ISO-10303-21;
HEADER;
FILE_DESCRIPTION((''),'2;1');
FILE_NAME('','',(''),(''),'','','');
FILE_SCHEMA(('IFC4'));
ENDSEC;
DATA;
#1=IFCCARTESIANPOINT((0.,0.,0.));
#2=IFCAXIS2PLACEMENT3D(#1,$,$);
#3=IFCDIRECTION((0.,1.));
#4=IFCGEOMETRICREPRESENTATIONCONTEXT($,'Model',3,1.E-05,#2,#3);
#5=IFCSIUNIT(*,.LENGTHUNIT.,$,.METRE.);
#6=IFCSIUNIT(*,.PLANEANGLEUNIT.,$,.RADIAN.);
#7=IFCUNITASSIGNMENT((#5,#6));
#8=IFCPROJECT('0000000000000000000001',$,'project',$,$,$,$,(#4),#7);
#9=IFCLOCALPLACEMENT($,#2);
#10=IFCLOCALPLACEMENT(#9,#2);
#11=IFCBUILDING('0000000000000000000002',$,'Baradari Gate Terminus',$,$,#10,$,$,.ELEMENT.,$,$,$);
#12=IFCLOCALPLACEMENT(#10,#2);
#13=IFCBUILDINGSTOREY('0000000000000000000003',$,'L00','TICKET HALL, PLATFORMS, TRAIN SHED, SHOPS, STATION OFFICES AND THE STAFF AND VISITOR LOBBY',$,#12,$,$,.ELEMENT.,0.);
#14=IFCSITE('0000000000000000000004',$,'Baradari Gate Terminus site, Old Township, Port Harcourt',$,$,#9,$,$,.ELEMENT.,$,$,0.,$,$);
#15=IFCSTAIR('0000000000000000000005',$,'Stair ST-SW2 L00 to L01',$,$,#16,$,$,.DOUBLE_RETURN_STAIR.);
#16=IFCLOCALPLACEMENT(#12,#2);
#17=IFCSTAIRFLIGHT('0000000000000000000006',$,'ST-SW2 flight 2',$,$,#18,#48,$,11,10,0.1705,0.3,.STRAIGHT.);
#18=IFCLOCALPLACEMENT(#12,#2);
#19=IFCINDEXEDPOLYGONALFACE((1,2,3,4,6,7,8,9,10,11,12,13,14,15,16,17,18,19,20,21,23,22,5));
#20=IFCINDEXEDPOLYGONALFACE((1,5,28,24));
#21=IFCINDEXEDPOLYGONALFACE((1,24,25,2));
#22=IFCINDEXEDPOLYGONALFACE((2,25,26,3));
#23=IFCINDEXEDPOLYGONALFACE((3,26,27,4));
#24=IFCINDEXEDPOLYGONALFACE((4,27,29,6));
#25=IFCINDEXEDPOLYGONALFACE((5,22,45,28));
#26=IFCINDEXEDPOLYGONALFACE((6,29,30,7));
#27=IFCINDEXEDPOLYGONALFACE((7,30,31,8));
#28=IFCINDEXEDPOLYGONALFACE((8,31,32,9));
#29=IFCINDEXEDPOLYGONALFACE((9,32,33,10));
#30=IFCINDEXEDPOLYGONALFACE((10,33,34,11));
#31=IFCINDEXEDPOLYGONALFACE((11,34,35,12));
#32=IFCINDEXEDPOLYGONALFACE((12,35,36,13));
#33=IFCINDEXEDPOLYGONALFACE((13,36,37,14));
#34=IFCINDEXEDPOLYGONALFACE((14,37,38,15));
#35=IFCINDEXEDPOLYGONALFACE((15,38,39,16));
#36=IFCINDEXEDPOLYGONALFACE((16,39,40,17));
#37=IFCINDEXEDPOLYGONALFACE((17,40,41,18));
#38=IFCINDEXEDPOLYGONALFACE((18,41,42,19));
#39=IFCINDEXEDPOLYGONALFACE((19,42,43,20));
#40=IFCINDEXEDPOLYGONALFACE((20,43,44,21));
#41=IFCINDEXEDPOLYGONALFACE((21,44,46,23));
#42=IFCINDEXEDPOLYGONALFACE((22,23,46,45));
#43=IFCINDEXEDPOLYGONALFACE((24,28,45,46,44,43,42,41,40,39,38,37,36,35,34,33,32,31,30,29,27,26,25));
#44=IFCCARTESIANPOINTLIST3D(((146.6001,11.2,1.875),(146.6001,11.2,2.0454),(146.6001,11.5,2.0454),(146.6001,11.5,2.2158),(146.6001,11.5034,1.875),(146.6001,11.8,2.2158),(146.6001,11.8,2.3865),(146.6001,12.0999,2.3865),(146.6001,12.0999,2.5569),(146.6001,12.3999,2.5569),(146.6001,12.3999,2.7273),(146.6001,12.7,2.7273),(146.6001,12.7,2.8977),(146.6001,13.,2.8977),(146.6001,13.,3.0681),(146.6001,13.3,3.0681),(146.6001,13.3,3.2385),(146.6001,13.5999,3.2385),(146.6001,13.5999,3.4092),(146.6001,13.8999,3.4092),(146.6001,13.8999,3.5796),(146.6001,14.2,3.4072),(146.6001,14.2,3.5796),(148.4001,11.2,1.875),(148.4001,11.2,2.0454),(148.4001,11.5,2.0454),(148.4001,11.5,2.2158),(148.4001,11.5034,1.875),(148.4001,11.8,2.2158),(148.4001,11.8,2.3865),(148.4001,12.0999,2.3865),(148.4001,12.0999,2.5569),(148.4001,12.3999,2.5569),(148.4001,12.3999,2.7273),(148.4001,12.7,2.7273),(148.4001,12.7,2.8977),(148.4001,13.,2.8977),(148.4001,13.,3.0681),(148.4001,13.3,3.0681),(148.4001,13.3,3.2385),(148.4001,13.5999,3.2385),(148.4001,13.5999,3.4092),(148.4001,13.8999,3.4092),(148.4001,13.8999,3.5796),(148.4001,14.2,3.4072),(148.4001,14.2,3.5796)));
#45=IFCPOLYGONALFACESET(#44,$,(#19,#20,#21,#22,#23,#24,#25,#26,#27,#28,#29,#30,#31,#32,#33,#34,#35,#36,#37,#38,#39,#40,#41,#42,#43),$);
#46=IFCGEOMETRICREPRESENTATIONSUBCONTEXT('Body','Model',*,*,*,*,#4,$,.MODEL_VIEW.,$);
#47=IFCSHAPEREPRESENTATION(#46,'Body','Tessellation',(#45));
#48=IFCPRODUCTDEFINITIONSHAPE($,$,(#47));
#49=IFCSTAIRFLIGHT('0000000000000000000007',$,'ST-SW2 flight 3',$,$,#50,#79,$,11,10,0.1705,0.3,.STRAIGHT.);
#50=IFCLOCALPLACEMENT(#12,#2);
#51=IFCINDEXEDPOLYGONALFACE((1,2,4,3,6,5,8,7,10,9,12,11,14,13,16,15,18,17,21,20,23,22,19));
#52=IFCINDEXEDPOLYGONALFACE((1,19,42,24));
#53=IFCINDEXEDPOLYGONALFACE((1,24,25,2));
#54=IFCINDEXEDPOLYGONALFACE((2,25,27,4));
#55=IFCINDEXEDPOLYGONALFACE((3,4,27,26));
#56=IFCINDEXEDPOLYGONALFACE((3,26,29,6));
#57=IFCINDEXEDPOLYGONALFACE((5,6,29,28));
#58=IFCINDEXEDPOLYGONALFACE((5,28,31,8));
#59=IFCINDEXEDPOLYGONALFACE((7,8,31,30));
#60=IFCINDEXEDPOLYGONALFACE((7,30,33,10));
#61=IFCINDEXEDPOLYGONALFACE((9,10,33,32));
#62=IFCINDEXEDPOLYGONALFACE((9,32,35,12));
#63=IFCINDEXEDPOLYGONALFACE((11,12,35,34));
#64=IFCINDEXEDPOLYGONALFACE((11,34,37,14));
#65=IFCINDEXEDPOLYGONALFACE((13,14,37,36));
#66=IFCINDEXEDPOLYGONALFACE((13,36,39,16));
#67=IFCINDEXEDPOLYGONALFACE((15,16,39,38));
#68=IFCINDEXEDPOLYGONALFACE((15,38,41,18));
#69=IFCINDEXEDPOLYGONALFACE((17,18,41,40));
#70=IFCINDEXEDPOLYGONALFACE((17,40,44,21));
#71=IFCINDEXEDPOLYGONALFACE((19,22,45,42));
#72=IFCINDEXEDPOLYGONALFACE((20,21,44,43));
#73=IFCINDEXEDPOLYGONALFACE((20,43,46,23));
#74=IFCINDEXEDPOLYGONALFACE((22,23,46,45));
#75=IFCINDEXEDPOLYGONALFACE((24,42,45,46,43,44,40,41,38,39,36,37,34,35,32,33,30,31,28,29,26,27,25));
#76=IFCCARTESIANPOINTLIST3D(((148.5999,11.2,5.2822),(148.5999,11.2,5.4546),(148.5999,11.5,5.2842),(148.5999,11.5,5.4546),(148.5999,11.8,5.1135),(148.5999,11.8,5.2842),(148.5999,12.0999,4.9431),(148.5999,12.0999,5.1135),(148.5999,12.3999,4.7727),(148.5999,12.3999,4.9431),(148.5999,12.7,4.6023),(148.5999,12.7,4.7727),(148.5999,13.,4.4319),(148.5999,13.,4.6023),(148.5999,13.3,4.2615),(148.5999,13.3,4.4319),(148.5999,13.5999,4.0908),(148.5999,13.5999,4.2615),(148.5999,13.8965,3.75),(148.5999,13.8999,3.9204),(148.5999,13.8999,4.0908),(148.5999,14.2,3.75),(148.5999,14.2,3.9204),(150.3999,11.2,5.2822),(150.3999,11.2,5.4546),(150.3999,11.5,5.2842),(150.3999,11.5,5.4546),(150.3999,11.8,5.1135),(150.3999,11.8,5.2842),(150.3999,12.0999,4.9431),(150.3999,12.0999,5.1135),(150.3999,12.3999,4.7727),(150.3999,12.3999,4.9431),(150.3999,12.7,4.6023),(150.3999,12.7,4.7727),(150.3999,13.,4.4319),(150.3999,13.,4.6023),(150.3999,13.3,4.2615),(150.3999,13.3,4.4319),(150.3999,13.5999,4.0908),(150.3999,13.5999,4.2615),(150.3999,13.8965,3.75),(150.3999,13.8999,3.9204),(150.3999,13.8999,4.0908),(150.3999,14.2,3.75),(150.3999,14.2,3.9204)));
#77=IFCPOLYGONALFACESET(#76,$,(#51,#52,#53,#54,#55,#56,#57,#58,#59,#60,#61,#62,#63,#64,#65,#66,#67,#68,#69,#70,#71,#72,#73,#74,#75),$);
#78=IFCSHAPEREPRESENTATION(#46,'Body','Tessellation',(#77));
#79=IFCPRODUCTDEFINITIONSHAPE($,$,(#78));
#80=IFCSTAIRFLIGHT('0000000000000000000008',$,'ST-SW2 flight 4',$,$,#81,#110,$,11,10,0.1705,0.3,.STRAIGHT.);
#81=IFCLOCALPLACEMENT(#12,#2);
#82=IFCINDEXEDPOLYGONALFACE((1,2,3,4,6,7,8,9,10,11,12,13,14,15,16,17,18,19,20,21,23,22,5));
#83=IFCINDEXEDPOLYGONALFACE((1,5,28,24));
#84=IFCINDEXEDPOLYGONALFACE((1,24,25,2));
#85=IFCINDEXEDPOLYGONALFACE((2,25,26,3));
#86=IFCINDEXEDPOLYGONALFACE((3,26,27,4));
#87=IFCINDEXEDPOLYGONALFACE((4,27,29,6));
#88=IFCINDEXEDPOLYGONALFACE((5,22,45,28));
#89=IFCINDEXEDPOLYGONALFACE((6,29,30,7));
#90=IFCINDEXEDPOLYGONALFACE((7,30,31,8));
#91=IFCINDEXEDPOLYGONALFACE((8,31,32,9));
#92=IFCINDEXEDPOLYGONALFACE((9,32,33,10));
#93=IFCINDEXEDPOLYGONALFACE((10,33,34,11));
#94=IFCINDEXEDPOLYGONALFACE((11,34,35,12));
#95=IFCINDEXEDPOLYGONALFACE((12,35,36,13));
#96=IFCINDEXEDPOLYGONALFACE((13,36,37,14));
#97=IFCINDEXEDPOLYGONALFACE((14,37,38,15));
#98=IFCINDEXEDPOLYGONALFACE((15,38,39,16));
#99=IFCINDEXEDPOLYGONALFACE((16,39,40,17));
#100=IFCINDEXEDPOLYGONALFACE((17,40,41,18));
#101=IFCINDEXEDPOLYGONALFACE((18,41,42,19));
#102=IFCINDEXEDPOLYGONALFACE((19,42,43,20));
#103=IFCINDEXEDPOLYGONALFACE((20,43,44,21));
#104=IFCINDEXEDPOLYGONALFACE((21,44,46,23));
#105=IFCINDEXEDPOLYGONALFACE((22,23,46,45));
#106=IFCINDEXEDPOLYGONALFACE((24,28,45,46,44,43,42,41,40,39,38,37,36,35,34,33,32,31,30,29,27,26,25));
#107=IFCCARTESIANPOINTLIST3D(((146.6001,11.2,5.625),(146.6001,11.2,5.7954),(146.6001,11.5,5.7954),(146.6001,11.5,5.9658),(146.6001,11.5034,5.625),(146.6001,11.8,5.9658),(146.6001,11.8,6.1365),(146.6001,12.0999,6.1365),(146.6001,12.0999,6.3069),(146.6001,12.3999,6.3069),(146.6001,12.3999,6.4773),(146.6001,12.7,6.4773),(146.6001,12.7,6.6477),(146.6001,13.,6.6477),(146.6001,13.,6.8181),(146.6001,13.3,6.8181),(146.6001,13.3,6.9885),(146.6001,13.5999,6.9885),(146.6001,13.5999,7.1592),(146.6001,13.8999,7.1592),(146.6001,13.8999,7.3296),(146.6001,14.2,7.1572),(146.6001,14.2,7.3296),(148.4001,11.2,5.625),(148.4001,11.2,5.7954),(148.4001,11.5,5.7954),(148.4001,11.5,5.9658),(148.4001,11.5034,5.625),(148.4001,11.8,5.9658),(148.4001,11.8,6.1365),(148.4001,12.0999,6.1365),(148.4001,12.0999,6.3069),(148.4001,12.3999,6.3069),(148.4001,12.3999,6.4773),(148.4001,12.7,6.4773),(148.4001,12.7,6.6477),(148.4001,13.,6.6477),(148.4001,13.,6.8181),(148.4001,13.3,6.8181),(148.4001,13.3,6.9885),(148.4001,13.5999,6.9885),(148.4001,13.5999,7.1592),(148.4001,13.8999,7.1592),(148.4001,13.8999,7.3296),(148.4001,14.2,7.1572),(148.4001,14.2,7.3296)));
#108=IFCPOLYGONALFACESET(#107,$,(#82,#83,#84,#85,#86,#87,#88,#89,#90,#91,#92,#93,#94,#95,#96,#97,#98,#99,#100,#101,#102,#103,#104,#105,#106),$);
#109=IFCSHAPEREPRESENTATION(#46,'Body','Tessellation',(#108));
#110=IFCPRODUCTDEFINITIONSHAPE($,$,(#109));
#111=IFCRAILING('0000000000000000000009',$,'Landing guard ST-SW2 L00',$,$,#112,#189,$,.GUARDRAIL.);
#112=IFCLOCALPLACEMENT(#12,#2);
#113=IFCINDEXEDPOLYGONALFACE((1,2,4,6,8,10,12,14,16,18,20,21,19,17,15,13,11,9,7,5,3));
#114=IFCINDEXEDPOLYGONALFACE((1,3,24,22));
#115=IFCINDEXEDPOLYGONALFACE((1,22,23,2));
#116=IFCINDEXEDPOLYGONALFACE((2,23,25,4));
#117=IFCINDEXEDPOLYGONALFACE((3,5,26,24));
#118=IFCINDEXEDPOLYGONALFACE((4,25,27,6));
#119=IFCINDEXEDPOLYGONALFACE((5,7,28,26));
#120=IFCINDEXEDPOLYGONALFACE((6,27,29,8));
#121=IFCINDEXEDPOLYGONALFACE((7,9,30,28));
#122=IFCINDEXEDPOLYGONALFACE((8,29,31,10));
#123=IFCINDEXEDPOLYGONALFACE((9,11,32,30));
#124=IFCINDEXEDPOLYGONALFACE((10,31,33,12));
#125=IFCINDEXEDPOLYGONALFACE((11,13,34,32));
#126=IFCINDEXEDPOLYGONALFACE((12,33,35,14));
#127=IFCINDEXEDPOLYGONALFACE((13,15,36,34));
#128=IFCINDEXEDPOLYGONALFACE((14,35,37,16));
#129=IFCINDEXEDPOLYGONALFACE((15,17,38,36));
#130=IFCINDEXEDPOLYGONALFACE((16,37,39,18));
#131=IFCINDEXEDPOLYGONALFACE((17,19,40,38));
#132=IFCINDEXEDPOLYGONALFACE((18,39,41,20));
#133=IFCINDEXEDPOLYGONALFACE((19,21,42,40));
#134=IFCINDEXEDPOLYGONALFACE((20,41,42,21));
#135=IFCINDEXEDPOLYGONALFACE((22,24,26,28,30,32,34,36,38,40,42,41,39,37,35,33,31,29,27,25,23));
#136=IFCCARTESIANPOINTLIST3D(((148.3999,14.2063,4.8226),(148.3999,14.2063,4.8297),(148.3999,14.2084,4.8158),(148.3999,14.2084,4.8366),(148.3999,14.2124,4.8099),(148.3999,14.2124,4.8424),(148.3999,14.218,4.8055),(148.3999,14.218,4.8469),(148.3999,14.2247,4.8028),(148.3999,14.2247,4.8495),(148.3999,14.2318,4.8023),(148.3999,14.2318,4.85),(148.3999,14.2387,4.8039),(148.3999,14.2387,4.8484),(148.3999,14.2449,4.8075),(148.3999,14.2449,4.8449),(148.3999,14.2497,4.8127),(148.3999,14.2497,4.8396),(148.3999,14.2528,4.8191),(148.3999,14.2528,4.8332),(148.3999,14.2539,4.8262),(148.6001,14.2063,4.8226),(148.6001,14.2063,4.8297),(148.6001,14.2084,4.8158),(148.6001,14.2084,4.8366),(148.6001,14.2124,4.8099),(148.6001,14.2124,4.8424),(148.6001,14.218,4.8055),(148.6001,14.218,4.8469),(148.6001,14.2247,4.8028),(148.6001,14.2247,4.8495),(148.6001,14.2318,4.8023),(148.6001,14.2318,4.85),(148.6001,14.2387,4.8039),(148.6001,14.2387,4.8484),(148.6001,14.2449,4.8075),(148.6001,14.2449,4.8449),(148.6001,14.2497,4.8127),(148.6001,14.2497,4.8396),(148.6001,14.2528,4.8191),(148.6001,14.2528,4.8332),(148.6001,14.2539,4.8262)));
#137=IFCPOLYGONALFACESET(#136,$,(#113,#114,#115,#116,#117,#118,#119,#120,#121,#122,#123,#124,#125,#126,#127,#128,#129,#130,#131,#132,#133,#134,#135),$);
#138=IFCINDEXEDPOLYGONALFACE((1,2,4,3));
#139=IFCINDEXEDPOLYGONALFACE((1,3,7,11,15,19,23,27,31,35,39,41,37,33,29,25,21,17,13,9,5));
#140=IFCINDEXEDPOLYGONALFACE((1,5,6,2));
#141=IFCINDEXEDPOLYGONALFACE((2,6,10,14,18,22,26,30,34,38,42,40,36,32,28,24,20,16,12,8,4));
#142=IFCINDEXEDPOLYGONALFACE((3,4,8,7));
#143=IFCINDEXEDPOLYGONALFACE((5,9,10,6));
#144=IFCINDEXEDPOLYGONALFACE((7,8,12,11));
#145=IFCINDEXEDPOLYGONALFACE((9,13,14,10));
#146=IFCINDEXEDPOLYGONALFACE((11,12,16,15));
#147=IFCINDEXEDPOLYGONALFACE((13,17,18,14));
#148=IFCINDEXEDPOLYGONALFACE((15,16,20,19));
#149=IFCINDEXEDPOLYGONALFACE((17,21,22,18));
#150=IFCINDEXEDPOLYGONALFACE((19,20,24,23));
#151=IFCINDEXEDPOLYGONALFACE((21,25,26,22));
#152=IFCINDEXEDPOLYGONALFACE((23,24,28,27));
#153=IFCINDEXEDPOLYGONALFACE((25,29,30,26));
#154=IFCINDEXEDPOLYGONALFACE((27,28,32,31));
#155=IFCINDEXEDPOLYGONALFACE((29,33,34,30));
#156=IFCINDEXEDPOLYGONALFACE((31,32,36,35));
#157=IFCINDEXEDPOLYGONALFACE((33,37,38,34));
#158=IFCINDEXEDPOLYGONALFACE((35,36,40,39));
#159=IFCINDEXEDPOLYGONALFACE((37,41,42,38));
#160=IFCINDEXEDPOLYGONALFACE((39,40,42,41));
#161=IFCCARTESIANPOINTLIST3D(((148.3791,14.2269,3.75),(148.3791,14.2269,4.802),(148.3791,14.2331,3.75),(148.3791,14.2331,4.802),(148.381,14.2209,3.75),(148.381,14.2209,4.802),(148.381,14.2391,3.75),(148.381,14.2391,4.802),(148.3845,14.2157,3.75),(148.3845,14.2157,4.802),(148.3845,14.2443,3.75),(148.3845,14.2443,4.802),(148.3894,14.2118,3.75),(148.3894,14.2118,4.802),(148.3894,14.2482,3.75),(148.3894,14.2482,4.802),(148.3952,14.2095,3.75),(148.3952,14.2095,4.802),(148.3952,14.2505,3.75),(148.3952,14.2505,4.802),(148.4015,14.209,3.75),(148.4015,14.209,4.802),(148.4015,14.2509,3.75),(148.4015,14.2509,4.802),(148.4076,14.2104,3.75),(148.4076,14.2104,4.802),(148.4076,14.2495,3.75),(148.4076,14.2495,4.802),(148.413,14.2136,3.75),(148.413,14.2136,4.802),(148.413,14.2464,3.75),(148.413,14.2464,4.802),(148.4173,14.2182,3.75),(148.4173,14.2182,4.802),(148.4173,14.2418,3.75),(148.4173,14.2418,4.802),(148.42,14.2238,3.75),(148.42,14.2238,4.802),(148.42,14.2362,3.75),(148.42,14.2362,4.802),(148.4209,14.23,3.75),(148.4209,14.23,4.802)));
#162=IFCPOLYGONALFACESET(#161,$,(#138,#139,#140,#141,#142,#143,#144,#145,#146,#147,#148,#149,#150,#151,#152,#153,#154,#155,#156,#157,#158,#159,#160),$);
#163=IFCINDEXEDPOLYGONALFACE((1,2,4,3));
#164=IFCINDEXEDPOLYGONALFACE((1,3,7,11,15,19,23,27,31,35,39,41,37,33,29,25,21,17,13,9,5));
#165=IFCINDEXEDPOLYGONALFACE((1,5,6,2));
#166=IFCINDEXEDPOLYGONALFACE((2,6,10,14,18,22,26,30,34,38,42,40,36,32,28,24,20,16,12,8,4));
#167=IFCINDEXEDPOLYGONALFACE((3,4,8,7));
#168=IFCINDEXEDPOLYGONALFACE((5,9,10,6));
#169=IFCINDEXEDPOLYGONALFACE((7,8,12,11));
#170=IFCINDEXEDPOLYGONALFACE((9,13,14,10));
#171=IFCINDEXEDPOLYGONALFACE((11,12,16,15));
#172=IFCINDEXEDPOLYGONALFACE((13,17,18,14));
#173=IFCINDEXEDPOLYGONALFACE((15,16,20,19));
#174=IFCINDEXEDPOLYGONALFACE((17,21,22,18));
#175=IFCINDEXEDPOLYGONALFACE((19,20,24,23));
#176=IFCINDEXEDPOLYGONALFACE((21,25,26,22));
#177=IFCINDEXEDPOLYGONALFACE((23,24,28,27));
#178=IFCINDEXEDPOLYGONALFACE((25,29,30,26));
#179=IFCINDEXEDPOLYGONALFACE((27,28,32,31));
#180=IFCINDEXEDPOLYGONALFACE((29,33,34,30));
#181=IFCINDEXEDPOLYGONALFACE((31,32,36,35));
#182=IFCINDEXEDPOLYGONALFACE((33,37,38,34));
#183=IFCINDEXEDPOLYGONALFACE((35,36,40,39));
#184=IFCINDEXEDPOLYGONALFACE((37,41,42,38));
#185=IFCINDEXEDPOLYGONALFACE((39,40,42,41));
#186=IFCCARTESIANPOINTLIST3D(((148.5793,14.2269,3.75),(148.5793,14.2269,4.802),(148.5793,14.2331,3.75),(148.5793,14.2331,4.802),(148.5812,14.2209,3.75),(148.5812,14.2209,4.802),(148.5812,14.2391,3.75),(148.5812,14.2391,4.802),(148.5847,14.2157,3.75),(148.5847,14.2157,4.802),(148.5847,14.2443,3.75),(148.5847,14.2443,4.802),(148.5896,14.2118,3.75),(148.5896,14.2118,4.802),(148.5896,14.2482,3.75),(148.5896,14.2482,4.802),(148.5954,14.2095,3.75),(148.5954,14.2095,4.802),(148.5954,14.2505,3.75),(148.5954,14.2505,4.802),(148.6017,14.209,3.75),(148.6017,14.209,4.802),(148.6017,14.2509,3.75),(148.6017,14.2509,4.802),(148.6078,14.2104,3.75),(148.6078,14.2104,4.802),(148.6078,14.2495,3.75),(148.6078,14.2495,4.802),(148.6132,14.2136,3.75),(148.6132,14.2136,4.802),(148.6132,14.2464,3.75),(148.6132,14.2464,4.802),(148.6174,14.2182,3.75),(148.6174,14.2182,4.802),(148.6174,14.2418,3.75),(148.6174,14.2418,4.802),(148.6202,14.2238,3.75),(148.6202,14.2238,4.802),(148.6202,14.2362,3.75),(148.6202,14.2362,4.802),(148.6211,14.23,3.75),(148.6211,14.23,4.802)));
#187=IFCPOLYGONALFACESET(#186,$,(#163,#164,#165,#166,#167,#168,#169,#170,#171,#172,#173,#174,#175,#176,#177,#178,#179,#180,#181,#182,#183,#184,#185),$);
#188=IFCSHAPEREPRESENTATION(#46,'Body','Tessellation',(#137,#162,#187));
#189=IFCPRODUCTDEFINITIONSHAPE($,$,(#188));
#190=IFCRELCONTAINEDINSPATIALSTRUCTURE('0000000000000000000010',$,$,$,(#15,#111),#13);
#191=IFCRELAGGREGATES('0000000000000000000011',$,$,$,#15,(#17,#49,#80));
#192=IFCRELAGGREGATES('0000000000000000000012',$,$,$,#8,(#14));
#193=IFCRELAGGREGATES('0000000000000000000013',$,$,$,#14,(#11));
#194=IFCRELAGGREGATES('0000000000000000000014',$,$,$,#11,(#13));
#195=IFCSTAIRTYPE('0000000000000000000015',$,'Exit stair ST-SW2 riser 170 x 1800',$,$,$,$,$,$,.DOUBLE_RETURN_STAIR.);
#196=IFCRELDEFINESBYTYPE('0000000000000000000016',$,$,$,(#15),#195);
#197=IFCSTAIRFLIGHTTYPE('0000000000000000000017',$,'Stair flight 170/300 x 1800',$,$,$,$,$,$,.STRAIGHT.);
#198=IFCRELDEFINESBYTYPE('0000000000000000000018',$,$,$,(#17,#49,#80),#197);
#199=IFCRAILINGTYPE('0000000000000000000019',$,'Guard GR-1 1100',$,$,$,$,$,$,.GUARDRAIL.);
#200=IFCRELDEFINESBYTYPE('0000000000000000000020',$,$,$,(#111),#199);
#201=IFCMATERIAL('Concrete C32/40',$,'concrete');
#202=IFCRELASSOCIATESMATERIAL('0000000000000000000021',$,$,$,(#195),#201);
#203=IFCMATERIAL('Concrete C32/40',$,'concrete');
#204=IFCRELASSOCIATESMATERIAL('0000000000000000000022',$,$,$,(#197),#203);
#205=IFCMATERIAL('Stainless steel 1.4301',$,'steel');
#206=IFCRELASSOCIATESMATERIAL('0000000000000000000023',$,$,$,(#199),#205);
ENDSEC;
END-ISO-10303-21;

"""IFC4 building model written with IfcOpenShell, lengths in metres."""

from ifc_helpers import new_model, si_unit, direction, frame, origin, origin_2d, place, context, subcontext, project, spatial, polyline, circle, outline, extrude, material, type_object, element, aggregate, save


model = new_model("IFC4")

# Units and contexts
model_context = context("Model", 3, precision=1e-05, world=origin(), true_north=direction((0.0, 1.0)))
body_context = subcontext(model_context, "Body", "Model", "MODEL_VIEW")
ifc_project = project(units=[si_unit("LENGTHUNIT", "METRE"), si_unit("PLANEANGLEUNIT", "RADIAN")], contexts=[model_context])

# Site, building, storey
site_placement = place(None, origin())
site = spatial("IfcSite", under=ifc_project, at=site_placement, Name="Baradari Gate Terminus site, Old Township, Port Harcourt", CompositionType="ELEMENT", RefElevation=0.0)
building_placement = place(site_placement, origin())
building = spatial("IfcBuilding", under=site, at=building_placement, Name="Baradari Gate Terminus", CompositionType="ELEMENT")
storey_placement = place(building_placement, origin())
storey = spatial("IfcBuildingStorey", under=building, at=storey_placement, Name="L00", Description="TICKET HALL, PLATFORMS, TRAIN SHED, SHOPS, STATION OFFICES AND THE STAFF AND VISITOR LOBBY", CompositionType="ELEMENT", Elevation=0.0)

# Stair, stair flights
ifc_material_1 = material(Name="Concrete C32/40", Category="concrete")
stair_type = type_object("IfcStairType", Name="Exit stair ST-SW2 riser 170 x 1800", PredefinedType="DOUBLE_RETURN_STAIR", material=ifc_material_1)
stair_placement = place(storey_placement, origin())
stair = element("IfcStair", 1, at=stair_placement, inside=storey, type_object=stair_type, Name="Stair ST-SW2 L00 to L01", PredefinedType="DOUBLE_RETURN_STAIR")
ifc_material_2 = material(Name="Concrete C32/40", Category="concrete")
stair_flight_type = type_object("IfcStairFlightType", Name="Stair flight 170/300 x 1800", PredefinedType="STRAIGHT", material=ifc_material_2)
stair_flight_1_placement = place(storey_placement, frame((147.5, 11.2, 1.875), z_axis=(0.0, 0.0, 1.0), x_axis=(0.0, 1.0, 0.0)))
stair_flight_1 = element("IfcStairFlight", 2, at=stair_flight_1_placement, type_object=stair_flight_type, Name="ST-SW2 flight 2", NumberOfRisers=11, NumberOfTreads=10, PredefinedType="STRAIGHT", RiserHeight=0.1705, TreadLength=0.3, context=body_context, shape_type="SweptSolid", body=[
    extrude(outline(polyline([(0.0, 0.0), (0.0, 0.1704), (0.3, 0.1704), (0.3, 0.3408), (0.6001, 0.3408), (0.6001, 0.5115), (0.8999, 0.5115), (0.8999, 0.6819), (1.2, 0.6819), (1.2, 0.8523), (1.5, 0.8523), (1.5, 1.0227), (1.8, 1.0227), (1.8, 1.1931), (2.1001, 1.1931), (2.1001, 1.3635), (2.3999, 1.3635), (2.3999, 1.5342), (2.7, 1.5342), (2.7, 1.7046), (3.0, 1.7046), (3.0, 1.875), (3.0, 1.5322), (0.3035, 0.0), (0.0, 0.0)])), frame((0.0, 0.8999, 0.0), z_axis=(0.0, -1.0, 0.0), x_axis=(1.0, 0.0, 0.0)), (0.0, 0.0, 1.0), 1.8),
])
stair_flight_2_placement = place(storey_placement, frame((149.5, 14.2, 3.75), z_axis=(0.0, 0.0, 1.0), x_axis=(0.0, -1.0, 0.0)))
stair_flight_2 = element("IfcStairFlight", 3, at=stair_flight_2_placement, type_object=stair_flight_type, Name="ST-SW2 flight 3", NumberOfRisers=11, NumberOfTreads=10, PredefinedType="STRAIGHT", RiserHeight=0.1705, TreadLength=0.3, context=body_context, shape_type="SweptSolid", body=[
    extrude(outline(polyline([(0.0, 0.0), (0.0, 0.1704), (0.3, 0.1704), (0.3, 0.3408), (0.6001, 0.3408), (0.6001, 0.5115), (0.8999, 0.5115), (0.8999, 0.6819), (1.2, 0.6819), (1.2, 0.8523), (1.5, 0.8523), (1.5, 1.0227), (1.8, 1.0227), (1.8, 1.1931), (2.1001, 1.1931), (2.1001, 1.3635), (2.3999, 1.3635), (2.3999, 1.5342), (2.7, 1.5342), (2.7, 1.7046), (3.0, 1.7046), (3.0, 1.875), (3.0, 1.5322), (0.3035, 0.0), (0.0, 0.0)])), frame((0.0, 0.8999, 0.0), z_axis=(0.0, -1.0, 0.0), x_axis=(1.0, 0.0, 0.0)), (0.0, 0.0, 1.0), 1.8),
])
stair_flight_3_placement = place(storey_placement, frame((147.5, 11.2, 5.625), z_axis=(0.0, 0.0, 1.0), x_axis=(0.0, 1.0, 0.0)))
stair_flight_3 = element("IfcStairFlight", 4, at=stair_flight_3_placement, type_object=stair_flight_type, Name="ST-SW2 flight 4", NumberOfRisers=11, NumberOfTreads=10, PredefinedType="STRAIGHT", RiserHeight=0.1705, TreadLength=0.3, context=body_context, shape_type="SweptSolid", body=[
    extrude(outline(polyline([(0.0, 0.0), (0.0, 0.1704), (0.3, 0.1704), (0.3, 0.3408), (0.6001, 0.3408), (0.6001, 0.5115), (0.8999, 0.5115), (0.8999, 0.6819), (1.2, 0.6819), (1.2, 0.8523), (1.5, 0.8523), (1.5, 1.0227), (1.8, 1.0227), (1.8, 1.1931), (2.1001, 1.1931), (2.1001, 1.3635), (2.3999, 1.3635), (2.3999, 1.5342), (2.7, 1.5342), (2.7, 1.7046), (3.0, 1.7046), (3.0, 1.875), (3.0, 1.5322), (0.3035, 0.0), (0.0, 0.0)])), frame((0.0, 0.8999, 0.0), z_axis=(0.0, -1.0, 0.0), x_axis=(1.0, 0.0, 0.0)), (0.0, 0.0, 1.0), 1.8),
])
aggregate(stair, [stair_flight_1, stair_flight_2, stair_flight_3])

# Railing
ifc_material_3 = material(Name="Stainless steel 1.4301", Category="steel")
railing_type_1 = type_object("IfcRailingType", Name="Guard GR-1 1100", PredefinedType="GUARDRAIL", material=ifc_material_3)
railing_placement = place(storey_placement, frame((148.3999, 14.23, 3.75)))
element("IfcRailing", 5, at=railing_placement, inside=storey, type_object=railing_type_1, Name="Landing guard ST-SW2 L00", PredefinedType="GUARDRAIL", context=body_context, shape_type="SweptSolid", body=[
    extrude(circle(Radius=0.0239, at=origin_2d()), frame((0.0, 0.0, 1.0762), z_axis=(1.0, 0.0, 0.0), x_axis=(0.0, 1.0, 0.0)), (0.0, 0.0, 1.0), 0.2002),
    extrude(circle(Radius=0.021, at=origin_2d()), origin(), (0.0, 0.0, 1.0), 1.052),
    extrude(circle(Radius=0.021, at=origin_2d()), frame((0.2002, 0.0, 0.0)), (0.0, 0.0, 1.0), 1.052),
])

save(model, "model.ifc")
